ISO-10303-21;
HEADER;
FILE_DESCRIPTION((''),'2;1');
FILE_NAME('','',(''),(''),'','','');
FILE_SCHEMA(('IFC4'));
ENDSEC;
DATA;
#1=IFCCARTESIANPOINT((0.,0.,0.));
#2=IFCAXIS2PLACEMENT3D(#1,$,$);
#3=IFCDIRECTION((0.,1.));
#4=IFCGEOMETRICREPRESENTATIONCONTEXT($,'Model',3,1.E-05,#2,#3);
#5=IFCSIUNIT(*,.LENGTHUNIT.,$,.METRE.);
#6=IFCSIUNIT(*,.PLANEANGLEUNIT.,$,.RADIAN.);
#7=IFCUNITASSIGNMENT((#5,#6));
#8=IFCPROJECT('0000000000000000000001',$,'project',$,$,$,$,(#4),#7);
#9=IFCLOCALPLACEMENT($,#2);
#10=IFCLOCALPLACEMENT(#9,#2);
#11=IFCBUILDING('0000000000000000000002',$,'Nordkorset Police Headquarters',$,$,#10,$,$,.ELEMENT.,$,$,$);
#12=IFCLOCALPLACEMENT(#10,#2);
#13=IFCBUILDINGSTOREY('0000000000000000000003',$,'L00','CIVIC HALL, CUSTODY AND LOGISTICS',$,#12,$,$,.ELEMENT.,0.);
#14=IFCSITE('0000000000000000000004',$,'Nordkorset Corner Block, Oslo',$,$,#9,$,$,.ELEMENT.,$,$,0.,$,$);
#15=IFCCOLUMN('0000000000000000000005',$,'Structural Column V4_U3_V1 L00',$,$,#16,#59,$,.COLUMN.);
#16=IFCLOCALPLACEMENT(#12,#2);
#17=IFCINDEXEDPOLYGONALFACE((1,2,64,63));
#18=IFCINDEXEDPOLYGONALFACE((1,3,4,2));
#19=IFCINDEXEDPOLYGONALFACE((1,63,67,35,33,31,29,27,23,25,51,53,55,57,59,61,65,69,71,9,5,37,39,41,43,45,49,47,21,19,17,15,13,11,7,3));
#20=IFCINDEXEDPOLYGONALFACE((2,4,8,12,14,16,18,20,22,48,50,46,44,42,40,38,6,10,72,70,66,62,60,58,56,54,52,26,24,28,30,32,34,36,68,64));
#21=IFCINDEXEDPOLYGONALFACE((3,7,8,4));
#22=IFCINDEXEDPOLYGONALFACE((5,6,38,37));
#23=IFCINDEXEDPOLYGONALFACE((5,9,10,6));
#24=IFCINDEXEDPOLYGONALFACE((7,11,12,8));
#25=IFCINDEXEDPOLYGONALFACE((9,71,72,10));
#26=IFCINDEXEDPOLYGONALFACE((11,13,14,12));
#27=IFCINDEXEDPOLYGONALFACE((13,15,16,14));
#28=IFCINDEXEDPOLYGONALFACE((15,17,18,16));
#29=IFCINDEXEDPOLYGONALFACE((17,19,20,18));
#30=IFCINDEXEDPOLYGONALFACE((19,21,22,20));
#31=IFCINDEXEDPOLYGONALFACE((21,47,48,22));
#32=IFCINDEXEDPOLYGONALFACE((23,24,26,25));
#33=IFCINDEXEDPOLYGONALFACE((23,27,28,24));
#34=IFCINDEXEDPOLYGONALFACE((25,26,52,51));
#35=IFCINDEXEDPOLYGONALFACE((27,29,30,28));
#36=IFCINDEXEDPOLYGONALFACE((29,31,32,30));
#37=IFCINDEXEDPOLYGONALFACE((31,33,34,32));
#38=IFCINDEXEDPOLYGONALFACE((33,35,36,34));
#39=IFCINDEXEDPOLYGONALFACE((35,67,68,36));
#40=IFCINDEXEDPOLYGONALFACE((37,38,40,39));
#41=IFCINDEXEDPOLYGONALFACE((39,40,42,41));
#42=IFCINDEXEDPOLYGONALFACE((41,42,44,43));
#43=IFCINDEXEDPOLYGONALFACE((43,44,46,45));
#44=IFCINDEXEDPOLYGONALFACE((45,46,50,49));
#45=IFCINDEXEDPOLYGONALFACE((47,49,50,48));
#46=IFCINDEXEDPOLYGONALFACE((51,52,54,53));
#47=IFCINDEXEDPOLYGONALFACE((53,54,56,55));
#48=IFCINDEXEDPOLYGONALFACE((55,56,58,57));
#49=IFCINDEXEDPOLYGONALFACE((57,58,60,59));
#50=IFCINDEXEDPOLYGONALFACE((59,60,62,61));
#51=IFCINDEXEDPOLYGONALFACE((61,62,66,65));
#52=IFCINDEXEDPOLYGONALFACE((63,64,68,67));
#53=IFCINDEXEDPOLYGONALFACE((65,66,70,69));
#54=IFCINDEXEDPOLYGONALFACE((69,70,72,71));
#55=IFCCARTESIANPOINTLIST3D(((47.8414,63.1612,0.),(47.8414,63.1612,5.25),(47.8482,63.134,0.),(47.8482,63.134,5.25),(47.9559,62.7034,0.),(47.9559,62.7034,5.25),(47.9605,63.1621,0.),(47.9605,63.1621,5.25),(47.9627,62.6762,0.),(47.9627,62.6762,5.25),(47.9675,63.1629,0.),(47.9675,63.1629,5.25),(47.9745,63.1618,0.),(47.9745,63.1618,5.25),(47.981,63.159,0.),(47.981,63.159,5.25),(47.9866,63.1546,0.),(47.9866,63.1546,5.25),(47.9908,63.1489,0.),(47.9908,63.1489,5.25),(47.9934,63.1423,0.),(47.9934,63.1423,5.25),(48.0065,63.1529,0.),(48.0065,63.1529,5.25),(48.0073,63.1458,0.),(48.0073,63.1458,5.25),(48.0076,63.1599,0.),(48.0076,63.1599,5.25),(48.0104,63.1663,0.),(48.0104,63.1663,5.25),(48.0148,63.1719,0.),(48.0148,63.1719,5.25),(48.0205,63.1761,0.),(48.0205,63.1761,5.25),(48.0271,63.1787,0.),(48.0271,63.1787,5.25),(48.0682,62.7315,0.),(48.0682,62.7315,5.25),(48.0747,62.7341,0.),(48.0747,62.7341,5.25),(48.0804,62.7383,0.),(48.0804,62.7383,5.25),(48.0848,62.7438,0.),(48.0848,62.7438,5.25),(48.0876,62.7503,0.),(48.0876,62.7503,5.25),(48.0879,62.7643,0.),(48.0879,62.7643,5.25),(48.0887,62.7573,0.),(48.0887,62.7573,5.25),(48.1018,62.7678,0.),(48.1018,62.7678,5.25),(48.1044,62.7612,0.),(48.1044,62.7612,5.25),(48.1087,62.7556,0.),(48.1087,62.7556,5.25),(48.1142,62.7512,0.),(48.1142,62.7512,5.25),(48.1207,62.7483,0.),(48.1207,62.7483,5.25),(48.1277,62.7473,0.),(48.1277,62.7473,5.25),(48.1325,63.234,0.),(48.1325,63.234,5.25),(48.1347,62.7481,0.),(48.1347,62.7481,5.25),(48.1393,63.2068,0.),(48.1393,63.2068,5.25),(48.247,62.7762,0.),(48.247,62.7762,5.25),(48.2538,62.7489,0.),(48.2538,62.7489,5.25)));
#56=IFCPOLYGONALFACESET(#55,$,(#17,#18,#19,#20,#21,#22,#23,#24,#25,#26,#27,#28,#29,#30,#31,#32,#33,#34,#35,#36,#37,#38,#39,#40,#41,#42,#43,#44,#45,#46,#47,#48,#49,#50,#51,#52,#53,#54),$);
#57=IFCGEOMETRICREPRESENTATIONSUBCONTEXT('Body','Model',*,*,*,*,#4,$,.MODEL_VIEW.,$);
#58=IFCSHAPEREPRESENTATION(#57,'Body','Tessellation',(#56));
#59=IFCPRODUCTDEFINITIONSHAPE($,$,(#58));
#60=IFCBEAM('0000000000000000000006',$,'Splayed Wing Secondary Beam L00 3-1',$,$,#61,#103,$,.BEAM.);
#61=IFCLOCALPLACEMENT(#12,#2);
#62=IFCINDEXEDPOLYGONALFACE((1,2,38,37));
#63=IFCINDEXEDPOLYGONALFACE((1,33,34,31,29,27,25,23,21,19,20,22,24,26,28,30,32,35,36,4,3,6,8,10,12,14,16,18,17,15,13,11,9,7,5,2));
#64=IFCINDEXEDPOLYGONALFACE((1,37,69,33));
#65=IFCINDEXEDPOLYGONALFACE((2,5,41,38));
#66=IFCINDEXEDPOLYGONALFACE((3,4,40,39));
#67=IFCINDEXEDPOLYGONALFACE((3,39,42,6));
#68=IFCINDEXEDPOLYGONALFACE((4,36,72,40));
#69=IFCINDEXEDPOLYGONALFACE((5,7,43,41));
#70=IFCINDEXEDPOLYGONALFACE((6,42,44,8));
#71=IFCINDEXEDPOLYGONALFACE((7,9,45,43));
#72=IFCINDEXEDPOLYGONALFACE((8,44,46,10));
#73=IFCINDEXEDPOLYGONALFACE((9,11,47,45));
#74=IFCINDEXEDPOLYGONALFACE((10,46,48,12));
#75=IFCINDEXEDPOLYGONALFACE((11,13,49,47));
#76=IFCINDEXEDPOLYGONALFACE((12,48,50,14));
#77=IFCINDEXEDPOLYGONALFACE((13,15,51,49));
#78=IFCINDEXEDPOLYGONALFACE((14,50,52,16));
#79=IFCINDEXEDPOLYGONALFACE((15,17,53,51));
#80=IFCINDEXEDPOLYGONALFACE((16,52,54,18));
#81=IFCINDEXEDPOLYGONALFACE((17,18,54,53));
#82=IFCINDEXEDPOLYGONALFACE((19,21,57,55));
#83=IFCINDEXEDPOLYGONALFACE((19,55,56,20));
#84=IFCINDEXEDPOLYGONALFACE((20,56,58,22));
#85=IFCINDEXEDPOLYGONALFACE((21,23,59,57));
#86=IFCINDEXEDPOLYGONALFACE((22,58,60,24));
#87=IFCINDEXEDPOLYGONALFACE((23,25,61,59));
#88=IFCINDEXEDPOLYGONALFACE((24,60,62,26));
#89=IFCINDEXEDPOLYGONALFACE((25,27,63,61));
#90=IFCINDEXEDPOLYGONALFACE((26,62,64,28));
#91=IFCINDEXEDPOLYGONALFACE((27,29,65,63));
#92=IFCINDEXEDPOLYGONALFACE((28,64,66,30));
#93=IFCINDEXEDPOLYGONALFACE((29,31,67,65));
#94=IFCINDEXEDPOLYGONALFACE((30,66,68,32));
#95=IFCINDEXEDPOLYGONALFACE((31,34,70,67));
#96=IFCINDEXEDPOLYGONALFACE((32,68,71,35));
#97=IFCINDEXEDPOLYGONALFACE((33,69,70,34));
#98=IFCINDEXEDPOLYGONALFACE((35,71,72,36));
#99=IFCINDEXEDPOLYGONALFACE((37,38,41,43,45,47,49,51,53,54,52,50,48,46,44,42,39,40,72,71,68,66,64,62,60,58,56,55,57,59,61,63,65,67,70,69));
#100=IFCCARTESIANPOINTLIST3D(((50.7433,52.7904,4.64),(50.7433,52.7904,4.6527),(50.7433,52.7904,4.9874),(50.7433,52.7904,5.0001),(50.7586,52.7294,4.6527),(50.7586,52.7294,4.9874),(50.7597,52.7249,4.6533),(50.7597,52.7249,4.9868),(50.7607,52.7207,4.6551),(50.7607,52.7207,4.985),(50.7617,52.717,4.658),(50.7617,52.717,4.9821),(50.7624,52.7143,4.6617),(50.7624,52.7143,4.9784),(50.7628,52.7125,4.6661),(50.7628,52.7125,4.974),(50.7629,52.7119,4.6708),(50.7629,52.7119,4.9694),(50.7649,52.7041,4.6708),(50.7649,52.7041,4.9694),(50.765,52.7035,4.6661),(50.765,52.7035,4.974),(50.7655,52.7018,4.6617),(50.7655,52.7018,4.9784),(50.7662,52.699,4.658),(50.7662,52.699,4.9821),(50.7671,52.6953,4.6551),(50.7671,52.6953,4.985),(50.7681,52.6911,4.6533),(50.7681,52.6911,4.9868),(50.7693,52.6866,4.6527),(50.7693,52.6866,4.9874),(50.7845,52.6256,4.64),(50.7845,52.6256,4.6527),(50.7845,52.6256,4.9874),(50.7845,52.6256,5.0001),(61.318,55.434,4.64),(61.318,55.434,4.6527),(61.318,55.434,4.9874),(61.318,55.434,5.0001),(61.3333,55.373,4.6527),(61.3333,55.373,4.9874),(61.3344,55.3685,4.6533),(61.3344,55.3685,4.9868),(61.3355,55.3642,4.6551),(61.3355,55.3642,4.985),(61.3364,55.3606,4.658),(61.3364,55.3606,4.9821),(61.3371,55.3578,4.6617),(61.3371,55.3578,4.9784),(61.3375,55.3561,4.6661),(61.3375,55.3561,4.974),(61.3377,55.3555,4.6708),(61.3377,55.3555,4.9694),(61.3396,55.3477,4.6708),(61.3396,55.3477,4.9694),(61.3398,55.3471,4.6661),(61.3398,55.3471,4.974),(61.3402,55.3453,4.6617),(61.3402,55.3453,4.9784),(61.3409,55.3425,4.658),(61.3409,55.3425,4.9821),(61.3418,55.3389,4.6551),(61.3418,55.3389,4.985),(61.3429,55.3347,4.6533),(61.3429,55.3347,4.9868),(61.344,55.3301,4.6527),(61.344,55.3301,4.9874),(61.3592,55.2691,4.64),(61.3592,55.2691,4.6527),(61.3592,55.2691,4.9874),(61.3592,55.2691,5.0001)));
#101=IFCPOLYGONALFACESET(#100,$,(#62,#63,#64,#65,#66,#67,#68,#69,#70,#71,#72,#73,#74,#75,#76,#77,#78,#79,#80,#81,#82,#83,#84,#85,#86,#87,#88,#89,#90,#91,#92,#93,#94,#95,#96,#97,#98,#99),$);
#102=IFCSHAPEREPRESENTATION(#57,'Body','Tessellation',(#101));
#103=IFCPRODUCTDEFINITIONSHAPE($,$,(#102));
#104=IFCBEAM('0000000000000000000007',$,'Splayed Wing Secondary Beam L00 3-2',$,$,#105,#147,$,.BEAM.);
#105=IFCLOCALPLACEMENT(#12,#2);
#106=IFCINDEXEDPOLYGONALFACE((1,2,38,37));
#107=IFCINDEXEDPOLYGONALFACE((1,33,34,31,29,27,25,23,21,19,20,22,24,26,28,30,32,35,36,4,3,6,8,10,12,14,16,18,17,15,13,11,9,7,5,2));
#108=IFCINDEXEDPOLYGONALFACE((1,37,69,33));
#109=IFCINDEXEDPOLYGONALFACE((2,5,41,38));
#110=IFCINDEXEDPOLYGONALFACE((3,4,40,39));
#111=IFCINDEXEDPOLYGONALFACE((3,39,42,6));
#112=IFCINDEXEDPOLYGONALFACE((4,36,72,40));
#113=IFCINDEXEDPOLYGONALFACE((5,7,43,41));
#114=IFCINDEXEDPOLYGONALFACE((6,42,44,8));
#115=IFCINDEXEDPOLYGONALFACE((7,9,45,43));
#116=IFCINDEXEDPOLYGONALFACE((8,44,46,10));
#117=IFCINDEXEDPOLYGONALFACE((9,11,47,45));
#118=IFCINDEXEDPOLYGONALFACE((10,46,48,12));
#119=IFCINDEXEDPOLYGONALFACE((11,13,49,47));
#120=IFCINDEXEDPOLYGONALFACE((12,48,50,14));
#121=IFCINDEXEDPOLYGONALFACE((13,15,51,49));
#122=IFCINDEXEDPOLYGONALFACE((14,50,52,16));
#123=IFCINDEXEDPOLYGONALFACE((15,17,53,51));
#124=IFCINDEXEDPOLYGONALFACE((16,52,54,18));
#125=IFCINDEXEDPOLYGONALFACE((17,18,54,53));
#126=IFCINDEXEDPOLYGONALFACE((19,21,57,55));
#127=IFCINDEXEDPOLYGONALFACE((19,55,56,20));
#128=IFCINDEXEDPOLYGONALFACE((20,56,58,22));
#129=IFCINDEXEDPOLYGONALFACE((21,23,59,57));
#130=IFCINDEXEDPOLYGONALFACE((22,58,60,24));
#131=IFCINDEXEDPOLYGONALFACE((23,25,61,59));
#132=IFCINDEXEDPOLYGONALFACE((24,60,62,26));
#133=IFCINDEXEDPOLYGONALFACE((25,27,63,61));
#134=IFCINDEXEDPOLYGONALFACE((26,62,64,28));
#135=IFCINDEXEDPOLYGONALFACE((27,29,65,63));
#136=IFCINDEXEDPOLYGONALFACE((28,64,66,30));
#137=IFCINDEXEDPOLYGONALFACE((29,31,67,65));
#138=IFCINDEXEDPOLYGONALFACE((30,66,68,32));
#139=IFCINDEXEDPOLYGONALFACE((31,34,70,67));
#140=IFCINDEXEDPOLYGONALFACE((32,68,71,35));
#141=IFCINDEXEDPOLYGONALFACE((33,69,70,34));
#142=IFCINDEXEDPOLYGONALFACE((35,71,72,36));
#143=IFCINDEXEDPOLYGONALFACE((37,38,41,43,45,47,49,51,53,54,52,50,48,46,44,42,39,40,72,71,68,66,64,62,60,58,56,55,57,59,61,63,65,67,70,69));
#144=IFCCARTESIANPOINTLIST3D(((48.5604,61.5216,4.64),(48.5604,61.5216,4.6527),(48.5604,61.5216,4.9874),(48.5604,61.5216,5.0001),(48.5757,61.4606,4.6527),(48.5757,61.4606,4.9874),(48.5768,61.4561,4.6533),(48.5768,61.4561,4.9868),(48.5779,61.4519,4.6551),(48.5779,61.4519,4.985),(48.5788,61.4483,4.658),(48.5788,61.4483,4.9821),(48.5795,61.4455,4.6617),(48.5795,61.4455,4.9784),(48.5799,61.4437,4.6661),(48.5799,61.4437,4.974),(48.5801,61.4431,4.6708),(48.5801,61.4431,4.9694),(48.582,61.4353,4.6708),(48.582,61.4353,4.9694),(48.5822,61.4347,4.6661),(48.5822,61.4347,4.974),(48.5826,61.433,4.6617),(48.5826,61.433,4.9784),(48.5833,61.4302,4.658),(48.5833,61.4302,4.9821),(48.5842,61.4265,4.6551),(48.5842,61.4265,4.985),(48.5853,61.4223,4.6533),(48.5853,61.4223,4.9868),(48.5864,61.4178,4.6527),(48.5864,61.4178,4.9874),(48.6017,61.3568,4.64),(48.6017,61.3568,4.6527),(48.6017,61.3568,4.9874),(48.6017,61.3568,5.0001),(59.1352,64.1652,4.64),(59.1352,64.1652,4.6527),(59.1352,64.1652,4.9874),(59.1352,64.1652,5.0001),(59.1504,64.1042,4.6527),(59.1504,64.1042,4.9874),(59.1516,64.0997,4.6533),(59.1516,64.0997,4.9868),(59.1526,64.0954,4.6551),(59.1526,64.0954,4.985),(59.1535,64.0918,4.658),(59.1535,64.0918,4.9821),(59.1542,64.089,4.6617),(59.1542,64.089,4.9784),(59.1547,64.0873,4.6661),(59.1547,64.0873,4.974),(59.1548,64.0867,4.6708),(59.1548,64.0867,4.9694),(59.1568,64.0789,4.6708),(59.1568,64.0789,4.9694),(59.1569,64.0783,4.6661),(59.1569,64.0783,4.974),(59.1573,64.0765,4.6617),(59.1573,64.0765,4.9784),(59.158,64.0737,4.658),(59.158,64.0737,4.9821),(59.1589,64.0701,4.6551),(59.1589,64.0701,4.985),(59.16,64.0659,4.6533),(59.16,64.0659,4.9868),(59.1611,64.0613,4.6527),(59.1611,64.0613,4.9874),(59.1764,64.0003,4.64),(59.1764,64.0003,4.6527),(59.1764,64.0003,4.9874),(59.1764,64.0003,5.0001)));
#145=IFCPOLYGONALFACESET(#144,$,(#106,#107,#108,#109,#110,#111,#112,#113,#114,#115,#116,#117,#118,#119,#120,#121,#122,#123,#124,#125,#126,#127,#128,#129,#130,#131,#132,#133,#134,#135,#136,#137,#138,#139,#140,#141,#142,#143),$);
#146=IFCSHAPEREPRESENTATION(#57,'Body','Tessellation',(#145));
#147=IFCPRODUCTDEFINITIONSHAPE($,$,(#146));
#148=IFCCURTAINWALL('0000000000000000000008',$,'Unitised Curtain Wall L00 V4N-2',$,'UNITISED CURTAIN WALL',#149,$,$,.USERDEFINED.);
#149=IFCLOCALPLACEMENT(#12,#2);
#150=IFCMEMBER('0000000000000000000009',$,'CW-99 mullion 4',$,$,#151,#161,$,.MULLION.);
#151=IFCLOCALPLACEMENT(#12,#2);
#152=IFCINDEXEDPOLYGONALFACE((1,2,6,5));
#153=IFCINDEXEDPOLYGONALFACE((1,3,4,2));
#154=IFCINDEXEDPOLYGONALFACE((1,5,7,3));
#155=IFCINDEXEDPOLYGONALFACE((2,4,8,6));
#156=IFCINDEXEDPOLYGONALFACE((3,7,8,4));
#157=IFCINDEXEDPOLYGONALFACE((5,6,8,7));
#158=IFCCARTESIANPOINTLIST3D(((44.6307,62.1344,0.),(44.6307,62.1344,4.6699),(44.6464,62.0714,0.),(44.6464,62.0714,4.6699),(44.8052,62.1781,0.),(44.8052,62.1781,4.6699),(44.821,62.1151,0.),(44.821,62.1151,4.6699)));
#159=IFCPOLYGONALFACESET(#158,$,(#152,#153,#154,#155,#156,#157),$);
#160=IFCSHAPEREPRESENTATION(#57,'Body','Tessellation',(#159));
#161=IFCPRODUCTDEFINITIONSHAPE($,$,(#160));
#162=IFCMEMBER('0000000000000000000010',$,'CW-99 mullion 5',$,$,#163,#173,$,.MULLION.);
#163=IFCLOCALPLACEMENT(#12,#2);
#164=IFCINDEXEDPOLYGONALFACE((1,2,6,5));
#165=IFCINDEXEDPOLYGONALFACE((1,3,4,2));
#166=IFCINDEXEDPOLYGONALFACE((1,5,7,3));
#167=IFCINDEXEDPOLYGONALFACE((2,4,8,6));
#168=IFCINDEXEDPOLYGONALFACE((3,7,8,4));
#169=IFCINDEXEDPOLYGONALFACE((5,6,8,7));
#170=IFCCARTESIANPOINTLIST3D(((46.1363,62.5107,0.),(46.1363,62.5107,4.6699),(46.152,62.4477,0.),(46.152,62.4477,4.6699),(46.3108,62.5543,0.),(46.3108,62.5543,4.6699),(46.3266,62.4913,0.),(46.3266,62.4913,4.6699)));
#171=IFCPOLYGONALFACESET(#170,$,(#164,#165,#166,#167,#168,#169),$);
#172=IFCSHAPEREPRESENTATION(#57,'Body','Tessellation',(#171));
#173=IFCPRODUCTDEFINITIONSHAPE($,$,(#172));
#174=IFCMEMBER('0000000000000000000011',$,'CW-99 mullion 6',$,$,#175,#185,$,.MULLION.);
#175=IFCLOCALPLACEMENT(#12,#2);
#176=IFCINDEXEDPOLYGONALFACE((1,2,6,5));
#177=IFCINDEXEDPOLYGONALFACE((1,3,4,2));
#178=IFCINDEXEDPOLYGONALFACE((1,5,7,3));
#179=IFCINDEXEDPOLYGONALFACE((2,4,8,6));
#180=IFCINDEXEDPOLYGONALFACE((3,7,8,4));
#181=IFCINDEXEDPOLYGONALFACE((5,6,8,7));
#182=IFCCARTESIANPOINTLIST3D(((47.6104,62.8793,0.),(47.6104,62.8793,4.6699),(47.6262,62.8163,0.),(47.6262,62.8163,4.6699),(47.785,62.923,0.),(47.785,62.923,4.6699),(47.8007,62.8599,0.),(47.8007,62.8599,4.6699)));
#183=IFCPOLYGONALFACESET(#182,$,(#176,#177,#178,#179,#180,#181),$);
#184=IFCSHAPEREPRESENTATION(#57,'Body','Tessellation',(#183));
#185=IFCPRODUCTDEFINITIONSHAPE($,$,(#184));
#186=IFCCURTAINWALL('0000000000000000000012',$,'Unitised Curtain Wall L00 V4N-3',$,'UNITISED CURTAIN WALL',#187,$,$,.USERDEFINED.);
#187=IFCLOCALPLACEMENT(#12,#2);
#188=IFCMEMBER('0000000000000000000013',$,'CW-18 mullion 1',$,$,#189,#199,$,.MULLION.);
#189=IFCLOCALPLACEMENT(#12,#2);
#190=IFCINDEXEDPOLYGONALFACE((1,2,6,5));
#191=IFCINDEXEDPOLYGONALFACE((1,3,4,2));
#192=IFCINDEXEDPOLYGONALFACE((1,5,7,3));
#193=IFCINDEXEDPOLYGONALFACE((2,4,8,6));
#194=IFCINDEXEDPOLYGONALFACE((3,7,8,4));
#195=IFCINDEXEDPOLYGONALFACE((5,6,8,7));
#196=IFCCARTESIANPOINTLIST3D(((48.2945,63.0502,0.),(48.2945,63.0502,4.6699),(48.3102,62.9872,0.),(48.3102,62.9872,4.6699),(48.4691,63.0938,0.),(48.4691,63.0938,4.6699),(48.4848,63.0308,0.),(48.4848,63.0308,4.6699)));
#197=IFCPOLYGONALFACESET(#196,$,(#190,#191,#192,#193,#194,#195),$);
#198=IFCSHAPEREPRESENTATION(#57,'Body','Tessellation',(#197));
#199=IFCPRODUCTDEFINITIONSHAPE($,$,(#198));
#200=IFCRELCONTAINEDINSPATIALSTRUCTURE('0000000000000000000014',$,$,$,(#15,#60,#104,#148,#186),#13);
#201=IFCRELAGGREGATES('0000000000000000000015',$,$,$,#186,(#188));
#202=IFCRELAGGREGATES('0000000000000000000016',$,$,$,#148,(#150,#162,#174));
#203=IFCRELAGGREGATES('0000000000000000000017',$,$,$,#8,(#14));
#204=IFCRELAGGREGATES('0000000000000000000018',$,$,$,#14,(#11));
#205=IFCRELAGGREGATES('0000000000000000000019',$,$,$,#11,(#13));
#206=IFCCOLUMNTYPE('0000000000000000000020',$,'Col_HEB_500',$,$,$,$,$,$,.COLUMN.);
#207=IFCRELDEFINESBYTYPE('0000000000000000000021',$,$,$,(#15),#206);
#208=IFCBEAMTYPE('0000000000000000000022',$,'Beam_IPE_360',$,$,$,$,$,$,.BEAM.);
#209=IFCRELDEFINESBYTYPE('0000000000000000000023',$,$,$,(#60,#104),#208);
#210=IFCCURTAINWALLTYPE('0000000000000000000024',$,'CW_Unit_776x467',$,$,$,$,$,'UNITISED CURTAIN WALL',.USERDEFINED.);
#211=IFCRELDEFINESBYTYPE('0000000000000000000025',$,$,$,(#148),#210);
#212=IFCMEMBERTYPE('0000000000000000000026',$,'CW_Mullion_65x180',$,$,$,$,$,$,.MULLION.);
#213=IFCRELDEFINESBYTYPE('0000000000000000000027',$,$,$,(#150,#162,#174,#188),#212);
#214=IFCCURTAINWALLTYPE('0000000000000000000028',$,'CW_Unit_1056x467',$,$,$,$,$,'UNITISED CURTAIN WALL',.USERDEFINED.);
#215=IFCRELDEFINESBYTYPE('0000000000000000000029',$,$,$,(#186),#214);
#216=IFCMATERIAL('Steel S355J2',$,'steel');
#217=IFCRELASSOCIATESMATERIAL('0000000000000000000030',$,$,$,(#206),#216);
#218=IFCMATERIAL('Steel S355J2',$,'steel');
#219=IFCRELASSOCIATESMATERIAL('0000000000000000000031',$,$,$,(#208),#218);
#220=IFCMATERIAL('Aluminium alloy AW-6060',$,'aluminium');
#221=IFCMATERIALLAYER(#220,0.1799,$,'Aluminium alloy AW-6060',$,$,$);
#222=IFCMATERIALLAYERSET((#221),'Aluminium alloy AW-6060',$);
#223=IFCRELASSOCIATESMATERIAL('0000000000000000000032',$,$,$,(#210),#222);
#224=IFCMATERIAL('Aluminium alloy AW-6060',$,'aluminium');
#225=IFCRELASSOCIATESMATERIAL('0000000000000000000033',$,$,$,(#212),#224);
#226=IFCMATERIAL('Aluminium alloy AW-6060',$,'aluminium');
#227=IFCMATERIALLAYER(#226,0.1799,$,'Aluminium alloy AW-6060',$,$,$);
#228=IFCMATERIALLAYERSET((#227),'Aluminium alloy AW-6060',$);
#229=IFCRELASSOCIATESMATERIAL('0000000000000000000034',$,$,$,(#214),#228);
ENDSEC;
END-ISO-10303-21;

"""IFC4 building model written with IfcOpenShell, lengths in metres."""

from ifc_helpers import new_model, si_unit, direction, frame, origin, origin_2d, place, context, subcontext, project, spatial, rectangle, i_section, extrude, material, layer, layer_set, material_profile, profile_set, type_object, element, aggregate, save


model = new_model("IFC4")

# Units and contexts
model_context = context("Model", 3, precision=1e-05, world=origin(), true_north=direction((0.0, 1.0)))
body_context = subcontext(model_context, "Body", "Model", "MODEL_VIEW")
ifc_project = project(units=[si_unit("LENGTHUNIT", "METRE"), si_unit("PLANEANGLEUNIT", "RADIAN")], contexts=[model_context])

# Site, building, storey
site_placement = place(None, origin())
site = spatial("IfcSite", under=ifc_project, at=site_placement, Name="Nordkorset Corner Block, Oslo", CompositionType="ELEMENT", RefElevation=0.0)
building_placement = place(site_placement, origin())
building = spatial("IfcBuilding", under=site, at=building_placement, Name="Nordkorset Police Headquarters", CompositionType="ELEMENT")
storey_placement = place(building_placement, origin())
storey = spatial("IfcBuildingStorey", under=building, at=storey_placement, Name="L00", Description="CIVIC HALL, CUSTODY AND LOGISTICS", CompositionType="ELEMENT", Elevation=0.0)

# Column
ifc_material_1 = material(Name="Steel S355J2", Category="steel")
ifc_material_profile_1 = material_profile(ifc_material_1, i_section(OverallWidth=0.3, OverallDepth=0.5, WebThickness=0.0144, FlangeThickness=0.0281, FilletRadius=0.0271, at=origin_2d()), Name="HEB 500")
ifc_profile_set_1 = profile_set([ifc_material_profile_1], Name="Steel S355J2")
column_type = type_object("IfcColumnType", Name="Col_HEB_500", PredefinedType="COLUMN", material=ifc_profile_set_1)
column_placement = place(storey_placement, frame((48.0476, 62.9551, 0.0), z_axis=(0.0, 0.0, 1.0), x_axis=(0.970143, 0.242536, 0.0)))
element("IfcColumn", 1, at=column_placement, inside=storey, type_object=column_type, Name="Structural Column V4_U3_V1 L00", PredefinedType="COLUMN", context=body_context, shape_type="SweptSolid", body=[
    extrude(i_section(OverallWidth=0.3, OverallDepth=0.5, WebThickness=0.0144, FlangeThickness=0.0281, FilletRadius=0.0271, at=origin_2d()), origin(), (0.0, 0.0, 1.0), 5.25),
])

# Beams
ifc_material_2 = material(Name="Steel S355J2", Category="steel")
ifc_material_profile_2 = material_profile(ifc_material_2, i_section(OverallWidth=0.1699, OverallDepth=0.3601, WebThickness=0.0081, FlangeThickness=0.0127, FilletRadius=0.0181, at=origin_2d()), Name="IPE 360")
ifc_profile_set_2 = profile_set([ifc_material_profile_2], Name="Steel S355J2")
beam_type_1 = type_object("IfcBeamType", Name="Beam_IPE_360", PredefinedType="BEAM", material=ifc_profile_set_2)
for number, where, z_axis, x_axis, name in (
    (2, (50.7639, 52.708, 4.8201), (0.970145, 0.242525, 0.0), (-0.242525, 0.970145, 0.0), "Splayed Wing Secondary Beam L00 3-1"),
    (3, (48.5811, 61.4392, 4.8201), (0.970145, 0.242525, 0.0), (-0.242525, 0.970145, 0.0), "Splayed Wing Secondary Beam L00 3-2"),
):
    element("IfcBeam", number, at=place(storey_placement, frame(where, z_axis=z_axis, x_axis=x_axis)), inside=storey, type_object=beam_type_1, Name=name, PredefinedType="BEAM", context=body_context, shape_type="SweptSolid", body=[
        extrude(i_section(OverallWidth=0.1699, OverallDepth=0.3601, WebThickness=0.0081, FlangeThickness=0.0127, FilletRadius=0.0181, at=origin_2d()), origin(), (0.0, 0.0, 1.0), 10.9001),
    ])

# Curtain wall, members
ifc_material_3 = material(Name="Aluminium alloy AW-6060", Category="aluminium")
ifc_layer_1 = layer(ifc_material_3, 0.1799, Name="Aluminium alloy AW-6060")
ifc_layer_set_1 = layer_set([ifc_layer_1], Name="Aluminium alloy AW-6060")
curtain_wall_type_1 = type_object("IfcCurtainWallType", Name="CW_Unit_776x467", ElementType="UNITISED CURTAIN WALL", PredefinedType="USERDEFINED", material=ifc_layer_set_1)
curtain_wall_1_placement = place(storey_placement, origin())
curtain_wall_1 = element("IfcCurtainWall", 4, at=curtain_wall_1_placement, inside=storey, type_object=curtain_wall_type_1, Name="Unitised Curtain Wall L00 V4N-2", ObjectType="UNITISED CURTAIN WALL", PredefinedType="USERDEFINED")
ifc_material_4 = material(Name="Aluminium alloy AW-6060", Category="aluminium")
ifc_material_profile_3 = material_profile(ifc_material_4, rectangle(XDim=0.0649, YDim=0.1799, at=origin_2d()), Name="ALU MULL 65x180")
ifc_profile_set_3 = profile_set([ifc_material_profile_3], Name="Aluminium alloy AW-6060")
member_type_1 = type_object("IfcMemberType", Name="CW_Mullion_65x180", PredefinedType="MULLION", material=ifc_profile_set_3)
member_1_placement = place(storey_placement, frame((44.7258, 62.1248, 0.0), z_axis=(0.0, 0.0, 1.0), x_axis=(-0.242536, 0.970142, 0.0)))
member_1 = element("IfcMember", 5, at=member_1_placement, type_object=member_type_1, Name="CW-99 mullion 4", PredefinedType="MULLION", context=body_context, shape_type="SweptSolid", body=[
    extrude(rectangle(XDim=0.0649, YDim=0.1799, at=origin_2d()), origin(), (0.0, 0.0, 1.0), 4.6699),
])
member_2_placement = place(storey_placement, frame((46.2314, 62.501, 0.0), z_axis=(0.0, 0.0, 1.0), x_axis=(-0.242536, 0.970142, 0.0)))
member_2 = element("IfcMember", 6, at=member_2_placement, type_object=member_type_1, Name="CW-99 mullion 5", PredefinedType="MULLION", context=body_context, shape_type="SweptSolid", body=[
    extrude(rectangle(XDim=0.0649, YDim=0.1799, at=origin_2d()), origin(), (0.0, 0.0, 1.0), 4.6699),
])
member_3_placement = place(storey_placement, frame((47.7056, 62.8696, 0.0), z_axis=(0.0, 0.0, 1.0), x_axis=(-0.242536, 0.970142, 0.0)))
member_3 = element("IfcMember", 7, at=member_3_placement, type_object=member_type_1, Name="CW-99 mullion 6", PredefinedType="MULLION", context=body_context, shape_type="SweptSolid", body=[
    extrude(rectangle(XDim=0.0649, YDim=0.1799, at=origin_2d()), origin(), (0.0, 0.0, 1.0), 4.6699),
])

# Curtain wall, member
ifc_material_5 = material(Name="Aluminium alloy AW-6060", Category="aluminium")
ifc_layer_2 = layer(ifc_material_5, 0.1799, Name="Aluminium alloy AW-6060")
ifc_layer_set_2 = layer_set([ifc_layer_2], Name="Aluminium alloy AW-6060")
curtain_wall_type_2 = type_object("IfcCurtainWallType", Name="CW_Unit_1056x467", ElementType="UNITISED CURTAIN WALL", PredefinedType="USERDEFINED", material=ifc_layer_set_2)
curtain_wall_2_placement = place(storey_placement, origin())
curtain_wall_2 = element("IfcCurtainWall", 8, at=curtain_wall_2_placement, inside=storey, type_object=curtain_wall_type_2, Name="Unitised Curtain Wall L00 V4N-3", ObjectType="UNITISED CURTAIN WALL", PredefinedType="USERDEFINED")
member_4_placement = place(storey_placement, frame((48.3896, 63.0405, 0.0), z_axis=(0.0, 0.0, 1.0), x_axis=(-0.242536, 0.970142, 0.0)))
member_4 = element("IfcMember", 9, at=member_4_placement, type_object=member_type_1, Name="CW-18 mullion 1", PredefinedType="MULLION", context=body_context, shape_type="SweptSolid", body=[
    extrude(rectangle(XDim=0.0649, YDim=0.1799, at=origin_2d()), origin(), (0.0, 0.0, 1.0), 4.6699),
])

aggregate(curtain_wall_2, [member_4])

aggregate(curtain_wall_1, [member_1, member_2, member_3])

save(model, "model.ifc")
